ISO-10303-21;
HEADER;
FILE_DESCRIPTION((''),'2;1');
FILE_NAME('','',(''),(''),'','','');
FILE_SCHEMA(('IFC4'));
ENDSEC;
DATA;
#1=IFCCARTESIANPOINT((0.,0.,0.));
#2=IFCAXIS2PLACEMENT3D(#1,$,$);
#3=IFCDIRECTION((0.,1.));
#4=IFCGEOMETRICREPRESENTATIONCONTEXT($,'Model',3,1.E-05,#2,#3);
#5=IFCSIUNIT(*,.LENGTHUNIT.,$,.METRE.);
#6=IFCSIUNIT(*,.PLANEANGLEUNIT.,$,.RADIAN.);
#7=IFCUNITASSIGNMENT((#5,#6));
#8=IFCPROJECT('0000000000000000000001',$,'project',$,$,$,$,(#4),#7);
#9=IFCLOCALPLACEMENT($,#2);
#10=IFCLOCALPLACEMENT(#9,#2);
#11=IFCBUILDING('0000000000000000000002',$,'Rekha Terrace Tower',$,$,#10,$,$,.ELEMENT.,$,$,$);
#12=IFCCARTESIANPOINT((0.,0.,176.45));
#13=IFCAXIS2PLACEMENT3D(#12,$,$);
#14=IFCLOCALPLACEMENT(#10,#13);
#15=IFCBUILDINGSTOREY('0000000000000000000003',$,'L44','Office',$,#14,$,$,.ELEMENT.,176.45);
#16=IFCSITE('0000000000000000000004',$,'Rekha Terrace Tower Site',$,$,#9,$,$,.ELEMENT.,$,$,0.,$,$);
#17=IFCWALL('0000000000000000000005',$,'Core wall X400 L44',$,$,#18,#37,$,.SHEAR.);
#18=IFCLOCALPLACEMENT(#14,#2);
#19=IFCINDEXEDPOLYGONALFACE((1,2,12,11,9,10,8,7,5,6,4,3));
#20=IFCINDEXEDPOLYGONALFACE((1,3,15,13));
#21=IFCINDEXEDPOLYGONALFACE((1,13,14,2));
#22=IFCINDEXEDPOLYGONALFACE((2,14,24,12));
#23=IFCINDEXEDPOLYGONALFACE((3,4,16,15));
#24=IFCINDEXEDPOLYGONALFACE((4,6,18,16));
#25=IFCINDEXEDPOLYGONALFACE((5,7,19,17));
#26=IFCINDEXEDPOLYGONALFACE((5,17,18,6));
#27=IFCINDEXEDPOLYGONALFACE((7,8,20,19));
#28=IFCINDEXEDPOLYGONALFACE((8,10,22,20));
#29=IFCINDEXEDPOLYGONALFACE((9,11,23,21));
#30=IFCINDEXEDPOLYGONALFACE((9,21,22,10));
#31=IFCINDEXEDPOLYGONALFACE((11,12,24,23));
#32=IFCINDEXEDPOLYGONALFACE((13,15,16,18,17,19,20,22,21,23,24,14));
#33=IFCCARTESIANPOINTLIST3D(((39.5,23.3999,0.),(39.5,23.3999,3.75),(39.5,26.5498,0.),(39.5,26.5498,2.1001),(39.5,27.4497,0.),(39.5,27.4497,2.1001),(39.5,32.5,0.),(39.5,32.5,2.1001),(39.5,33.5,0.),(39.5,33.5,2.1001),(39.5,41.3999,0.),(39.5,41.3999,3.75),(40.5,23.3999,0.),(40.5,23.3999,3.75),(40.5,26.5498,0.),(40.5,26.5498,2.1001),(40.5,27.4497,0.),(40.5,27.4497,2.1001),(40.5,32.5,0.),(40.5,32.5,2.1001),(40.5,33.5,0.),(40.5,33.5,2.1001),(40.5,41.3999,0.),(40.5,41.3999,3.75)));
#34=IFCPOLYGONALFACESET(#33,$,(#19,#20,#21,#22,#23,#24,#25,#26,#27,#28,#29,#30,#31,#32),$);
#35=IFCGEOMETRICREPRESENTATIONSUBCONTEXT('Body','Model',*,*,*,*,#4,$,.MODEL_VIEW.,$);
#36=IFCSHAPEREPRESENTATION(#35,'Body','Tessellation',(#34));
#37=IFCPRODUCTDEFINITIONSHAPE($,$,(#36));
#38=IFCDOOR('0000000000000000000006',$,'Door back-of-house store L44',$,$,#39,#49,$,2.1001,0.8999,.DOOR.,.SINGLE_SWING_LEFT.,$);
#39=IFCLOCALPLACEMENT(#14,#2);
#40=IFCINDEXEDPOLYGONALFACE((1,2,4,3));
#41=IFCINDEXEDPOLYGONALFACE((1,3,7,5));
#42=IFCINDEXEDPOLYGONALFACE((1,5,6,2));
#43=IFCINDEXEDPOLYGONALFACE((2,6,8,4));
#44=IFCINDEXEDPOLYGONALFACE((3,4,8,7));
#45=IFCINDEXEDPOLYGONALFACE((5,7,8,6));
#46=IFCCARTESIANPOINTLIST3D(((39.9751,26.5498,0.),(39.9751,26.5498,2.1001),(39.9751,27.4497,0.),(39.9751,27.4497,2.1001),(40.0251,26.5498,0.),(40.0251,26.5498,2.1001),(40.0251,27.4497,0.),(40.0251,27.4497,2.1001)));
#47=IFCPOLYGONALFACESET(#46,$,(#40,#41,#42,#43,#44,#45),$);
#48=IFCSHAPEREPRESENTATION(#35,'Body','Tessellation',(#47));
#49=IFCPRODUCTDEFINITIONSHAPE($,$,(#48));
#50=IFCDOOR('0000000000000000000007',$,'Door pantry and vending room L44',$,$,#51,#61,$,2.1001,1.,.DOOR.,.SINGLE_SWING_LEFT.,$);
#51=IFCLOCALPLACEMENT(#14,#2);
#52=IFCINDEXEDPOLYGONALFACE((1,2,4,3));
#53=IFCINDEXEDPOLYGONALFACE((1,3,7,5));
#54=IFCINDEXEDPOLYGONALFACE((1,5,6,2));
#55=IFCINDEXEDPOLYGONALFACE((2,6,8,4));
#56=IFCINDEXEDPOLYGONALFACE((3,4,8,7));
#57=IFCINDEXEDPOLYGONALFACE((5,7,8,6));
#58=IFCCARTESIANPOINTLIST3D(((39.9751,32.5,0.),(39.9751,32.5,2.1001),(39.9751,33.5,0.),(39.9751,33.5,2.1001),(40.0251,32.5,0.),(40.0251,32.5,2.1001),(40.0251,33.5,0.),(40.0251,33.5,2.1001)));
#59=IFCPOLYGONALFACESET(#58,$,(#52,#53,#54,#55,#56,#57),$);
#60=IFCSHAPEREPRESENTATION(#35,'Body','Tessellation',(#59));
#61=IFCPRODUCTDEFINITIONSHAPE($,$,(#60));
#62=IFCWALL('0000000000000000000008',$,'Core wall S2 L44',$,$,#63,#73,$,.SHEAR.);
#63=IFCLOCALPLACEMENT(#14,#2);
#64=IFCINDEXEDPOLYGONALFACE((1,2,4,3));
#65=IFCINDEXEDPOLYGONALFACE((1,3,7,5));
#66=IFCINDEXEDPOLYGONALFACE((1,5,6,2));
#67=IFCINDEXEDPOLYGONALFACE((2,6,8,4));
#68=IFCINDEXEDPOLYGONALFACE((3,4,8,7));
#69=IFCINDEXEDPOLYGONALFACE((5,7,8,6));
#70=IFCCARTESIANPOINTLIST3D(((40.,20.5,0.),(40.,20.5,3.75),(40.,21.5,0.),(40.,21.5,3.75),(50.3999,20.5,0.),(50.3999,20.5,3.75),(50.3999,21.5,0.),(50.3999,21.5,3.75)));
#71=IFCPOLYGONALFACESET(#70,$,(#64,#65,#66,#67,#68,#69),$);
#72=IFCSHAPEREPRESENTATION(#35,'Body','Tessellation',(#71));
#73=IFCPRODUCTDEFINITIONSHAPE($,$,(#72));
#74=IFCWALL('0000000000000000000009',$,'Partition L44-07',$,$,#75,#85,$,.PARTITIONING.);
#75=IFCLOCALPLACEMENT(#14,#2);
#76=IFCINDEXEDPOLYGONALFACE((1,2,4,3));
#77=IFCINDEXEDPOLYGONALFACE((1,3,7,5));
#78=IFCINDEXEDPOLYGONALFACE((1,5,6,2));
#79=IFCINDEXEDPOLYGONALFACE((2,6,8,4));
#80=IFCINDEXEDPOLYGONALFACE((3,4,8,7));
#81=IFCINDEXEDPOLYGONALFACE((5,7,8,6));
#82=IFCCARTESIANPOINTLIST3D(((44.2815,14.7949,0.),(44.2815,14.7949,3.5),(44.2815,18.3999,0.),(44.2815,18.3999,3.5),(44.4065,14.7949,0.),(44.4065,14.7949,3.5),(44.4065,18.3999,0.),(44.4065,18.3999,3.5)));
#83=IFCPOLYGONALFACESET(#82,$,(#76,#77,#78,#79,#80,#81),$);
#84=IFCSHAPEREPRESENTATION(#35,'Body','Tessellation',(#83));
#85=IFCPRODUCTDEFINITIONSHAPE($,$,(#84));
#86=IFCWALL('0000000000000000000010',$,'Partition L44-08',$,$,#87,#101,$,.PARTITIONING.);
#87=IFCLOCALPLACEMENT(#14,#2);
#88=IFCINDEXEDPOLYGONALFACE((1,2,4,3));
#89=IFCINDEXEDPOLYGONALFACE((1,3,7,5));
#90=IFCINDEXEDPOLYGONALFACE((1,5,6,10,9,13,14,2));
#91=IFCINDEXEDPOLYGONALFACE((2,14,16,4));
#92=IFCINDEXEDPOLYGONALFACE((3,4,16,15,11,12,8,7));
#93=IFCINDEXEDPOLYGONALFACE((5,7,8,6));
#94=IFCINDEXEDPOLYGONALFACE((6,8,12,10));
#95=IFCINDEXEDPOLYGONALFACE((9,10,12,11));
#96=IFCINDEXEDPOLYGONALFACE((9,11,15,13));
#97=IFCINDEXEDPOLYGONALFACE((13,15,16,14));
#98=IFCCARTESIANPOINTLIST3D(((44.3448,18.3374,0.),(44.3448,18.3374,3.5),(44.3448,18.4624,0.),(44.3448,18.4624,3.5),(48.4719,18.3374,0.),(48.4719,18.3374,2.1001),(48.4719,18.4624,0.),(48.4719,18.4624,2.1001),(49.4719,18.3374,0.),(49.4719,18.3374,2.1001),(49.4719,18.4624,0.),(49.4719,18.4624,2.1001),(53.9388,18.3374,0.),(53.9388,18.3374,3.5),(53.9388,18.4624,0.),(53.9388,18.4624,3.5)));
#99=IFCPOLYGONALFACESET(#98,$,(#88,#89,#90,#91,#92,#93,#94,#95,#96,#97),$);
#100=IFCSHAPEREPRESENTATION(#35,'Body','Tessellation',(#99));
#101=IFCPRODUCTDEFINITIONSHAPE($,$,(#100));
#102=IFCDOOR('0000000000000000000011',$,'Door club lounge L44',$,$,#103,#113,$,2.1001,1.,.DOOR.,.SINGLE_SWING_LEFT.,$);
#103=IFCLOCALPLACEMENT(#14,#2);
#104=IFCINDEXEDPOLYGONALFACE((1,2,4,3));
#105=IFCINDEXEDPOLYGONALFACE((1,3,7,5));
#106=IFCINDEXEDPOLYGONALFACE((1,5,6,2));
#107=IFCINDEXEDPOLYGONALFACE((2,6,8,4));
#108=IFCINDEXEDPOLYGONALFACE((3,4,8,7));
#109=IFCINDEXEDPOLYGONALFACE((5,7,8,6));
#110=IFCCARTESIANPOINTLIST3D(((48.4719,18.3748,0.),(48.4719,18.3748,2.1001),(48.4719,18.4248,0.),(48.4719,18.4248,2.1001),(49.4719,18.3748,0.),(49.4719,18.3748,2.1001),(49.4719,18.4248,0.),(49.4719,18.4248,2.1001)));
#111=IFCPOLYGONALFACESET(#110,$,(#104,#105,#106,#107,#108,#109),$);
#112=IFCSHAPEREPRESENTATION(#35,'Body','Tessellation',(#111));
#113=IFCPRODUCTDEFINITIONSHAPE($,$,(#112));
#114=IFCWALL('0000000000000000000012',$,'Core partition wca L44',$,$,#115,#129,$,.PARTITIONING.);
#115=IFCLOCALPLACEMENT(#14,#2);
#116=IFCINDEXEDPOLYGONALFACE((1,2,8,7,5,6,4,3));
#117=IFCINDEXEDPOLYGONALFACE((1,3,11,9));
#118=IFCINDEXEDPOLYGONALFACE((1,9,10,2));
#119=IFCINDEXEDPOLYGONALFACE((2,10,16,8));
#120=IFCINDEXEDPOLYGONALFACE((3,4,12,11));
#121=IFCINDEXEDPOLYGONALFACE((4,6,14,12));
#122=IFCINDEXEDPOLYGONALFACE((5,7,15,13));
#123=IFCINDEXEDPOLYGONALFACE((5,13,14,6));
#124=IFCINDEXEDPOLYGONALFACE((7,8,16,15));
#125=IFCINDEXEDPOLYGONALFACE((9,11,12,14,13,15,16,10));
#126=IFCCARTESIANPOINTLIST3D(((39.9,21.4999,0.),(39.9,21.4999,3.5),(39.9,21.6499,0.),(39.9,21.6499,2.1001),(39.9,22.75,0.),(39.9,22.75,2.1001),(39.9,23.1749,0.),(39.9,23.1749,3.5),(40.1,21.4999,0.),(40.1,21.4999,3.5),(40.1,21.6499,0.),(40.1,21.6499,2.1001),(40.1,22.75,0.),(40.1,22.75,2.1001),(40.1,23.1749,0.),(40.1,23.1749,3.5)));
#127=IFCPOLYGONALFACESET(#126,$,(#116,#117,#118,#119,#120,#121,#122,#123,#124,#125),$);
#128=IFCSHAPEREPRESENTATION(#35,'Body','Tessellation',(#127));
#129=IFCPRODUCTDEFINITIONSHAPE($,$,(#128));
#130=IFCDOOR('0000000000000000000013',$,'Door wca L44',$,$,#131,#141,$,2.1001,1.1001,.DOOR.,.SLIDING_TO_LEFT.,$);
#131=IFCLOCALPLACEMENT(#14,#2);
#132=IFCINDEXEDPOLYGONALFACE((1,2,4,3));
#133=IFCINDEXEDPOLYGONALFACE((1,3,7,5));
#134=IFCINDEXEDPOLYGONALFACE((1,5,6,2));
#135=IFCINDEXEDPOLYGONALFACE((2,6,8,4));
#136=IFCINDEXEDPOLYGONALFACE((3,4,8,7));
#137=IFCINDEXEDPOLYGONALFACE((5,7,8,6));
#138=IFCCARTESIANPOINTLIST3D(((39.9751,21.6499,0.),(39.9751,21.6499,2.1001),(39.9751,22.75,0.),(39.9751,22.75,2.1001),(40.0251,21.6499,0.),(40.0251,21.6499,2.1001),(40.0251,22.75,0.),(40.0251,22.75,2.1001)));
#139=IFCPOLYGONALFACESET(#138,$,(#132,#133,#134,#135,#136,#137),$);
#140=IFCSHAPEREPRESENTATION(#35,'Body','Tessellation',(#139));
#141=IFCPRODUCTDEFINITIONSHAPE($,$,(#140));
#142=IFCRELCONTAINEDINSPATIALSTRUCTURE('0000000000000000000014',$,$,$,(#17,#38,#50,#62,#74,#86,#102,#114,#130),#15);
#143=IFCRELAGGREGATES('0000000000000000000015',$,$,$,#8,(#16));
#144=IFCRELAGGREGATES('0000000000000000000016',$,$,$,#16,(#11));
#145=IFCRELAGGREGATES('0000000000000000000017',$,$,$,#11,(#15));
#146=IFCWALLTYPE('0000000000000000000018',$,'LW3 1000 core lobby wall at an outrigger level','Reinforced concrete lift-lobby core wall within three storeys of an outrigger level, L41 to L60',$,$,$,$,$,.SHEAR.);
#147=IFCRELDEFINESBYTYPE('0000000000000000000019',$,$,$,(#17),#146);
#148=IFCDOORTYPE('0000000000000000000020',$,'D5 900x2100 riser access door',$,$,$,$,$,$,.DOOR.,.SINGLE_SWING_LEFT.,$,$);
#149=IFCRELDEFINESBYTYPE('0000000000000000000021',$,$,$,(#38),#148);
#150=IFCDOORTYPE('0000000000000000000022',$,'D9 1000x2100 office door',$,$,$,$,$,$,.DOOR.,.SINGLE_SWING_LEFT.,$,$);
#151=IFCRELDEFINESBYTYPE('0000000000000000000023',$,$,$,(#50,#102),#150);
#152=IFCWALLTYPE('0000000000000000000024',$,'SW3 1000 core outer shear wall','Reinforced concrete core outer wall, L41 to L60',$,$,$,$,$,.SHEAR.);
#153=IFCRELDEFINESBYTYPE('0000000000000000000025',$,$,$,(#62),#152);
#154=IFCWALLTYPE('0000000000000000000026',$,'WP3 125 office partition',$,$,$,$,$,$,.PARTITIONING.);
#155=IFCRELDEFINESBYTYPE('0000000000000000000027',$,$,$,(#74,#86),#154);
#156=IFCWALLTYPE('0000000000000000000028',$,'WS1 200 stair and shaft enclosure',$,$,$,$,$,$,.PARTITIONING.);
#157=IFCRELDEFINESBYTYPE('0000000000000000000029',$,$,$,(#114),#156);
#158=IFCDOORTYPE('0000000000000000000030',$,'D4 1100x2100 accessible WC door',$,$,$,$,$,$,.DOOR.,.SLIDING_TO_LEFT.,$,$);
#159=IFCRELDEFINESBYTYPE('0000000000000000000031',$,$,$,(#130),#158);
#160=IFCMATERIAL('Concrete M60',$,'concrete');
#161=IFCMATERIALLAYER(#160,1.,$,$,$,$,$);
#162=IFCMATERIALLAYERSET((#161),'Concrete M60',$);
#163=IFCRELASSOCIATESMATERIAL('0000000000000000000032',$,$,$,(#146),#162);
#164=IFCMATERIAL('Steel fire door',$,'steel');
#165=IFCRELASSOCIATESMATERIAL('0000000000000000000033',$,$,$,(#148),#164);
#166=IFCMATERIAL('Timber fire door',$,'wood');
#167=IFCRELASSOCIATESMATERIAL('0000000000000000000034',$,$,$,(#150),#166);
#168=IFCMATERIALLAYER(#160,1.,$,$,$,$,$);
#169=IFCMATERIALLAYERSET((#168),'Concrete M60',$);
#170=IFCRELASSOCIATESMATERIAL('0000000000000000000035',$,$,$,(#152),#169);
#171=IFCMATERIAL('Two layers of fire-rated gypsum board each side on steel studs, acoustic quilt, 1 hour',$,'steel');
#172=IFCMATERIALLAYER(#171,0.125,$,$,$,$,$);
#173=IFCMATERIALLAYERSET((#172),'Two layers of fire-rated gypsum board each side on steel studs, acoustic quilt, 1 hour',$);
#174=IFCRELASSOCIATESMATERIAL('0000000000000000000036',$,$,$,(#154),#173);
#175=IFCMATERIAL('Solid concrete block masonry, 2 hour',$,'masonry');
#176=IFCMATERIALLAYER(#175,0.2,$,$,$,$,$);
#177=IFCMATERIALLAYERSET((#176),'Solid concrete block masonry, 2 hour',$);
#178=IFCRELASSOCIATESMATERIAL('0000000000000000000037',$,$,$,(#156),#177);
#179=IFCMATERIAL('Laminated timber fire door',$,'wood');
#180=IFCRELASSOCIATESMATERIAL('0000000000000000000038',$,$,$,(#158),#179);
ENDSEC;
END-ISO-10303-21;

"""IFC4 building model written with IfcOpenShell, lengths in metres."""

from ifc_helpers import new_model, si_unit, direction, frame, frame_2d, origin, place, context, subcontext, project, spatial, rectangle, extrude, material, layer, layer_set, type_object, element, fill, save


model = new_model("IFC4")

# Units and contexts
model_context = context("Model", 3, precision=1e-05, world=origin(), true_north=direction((0.0, 1.0)))
body_context = subcontext(model_context, "Body", "Model", "MODEL_VIEW")
ifc_project = project(units=[si_unit("LENGTHUNIT", "METRE"), si_unit("PLANEANGLEUNIT", "RADIAN")], contexts=[model_context])

# Site, building, storey
site_placement = place(None, origin())
site = spatial("IfcSite", under=ifc_project, at=site_placement, Name="Rekha Terrace Tower Site", CompositionType="ELEMENT", RefElevation=0.0)
building_placement = place(site_placement, origin())
building = spatial("IfcBuilding", under=site, at=building_placement, Name="Rekha Terrace Tower", CompositionType="ELEMENT")
storey_placement = place(building_placement, frame((0.0, 0.0, 176.45)))
storey = spatial("IfcBuildingStorey", under=building, at=storey_placement, Name="L44", Description="Office", CompositionType="ELEMENT", Elevation=176.45)

# Shared definitions
ifc_material_1 = material(Name="Concrete M60", Category="concrete")

# Wall, openings, doors
ifc_layer_1 = layer(ifc_material_1, 1.0)
ifc_layer_set_1 = layer_set([ifc_layer_1], Name="Concrete M60")
wall_type_1 = type_object("IfcWallType", Name="LW3 1000 core lobby wall at an outrigger level", Description="Reinforced concrete lift-lobby core wall within three storeys of an outrigger level, L41 to L60", PredefinedType="SHEAR", material=ifc_layer_set_1)
wall_1_placement = place(storey_placement, frame((40.0, 23.3999, 0.0), z_axis=(0.0, 0.0, 1.0), x_axis=(0.0, 1.0, 0.0)))
wall_1 = element("IfcWall", 1, at=wall_1_placement, inside=storey, type_object=wall_type_1, Name="Core wall X400 L44", PredefinedType="SHEAR", context=body_context, shape_type="SweptSolid", body=[
    extrude(rectangle(XDim=18.0, YDim=1.0, at=frame_2d((9.0, 0.0))), origin(), (0.0, 0.0, 1.0), 3.75),
])
opening_1_placement = place(wall_1_placement, frame((3.1499, 0.0, 0.0)))
opening_1 = element("IfcOpeningElement", 2, at=opening_1_placement, cuts=wall_1, PredefinedType="OPENING", context=body_context, shape_type="SweptSolid", body=[
    extrude(rectangle(XDim=0.8999, YDim=2.1001, at=frame_2d((0.45, 1.05))), frame((0.0, 0.51, 0.0), z_axis=(0.0, -1.0, 0.0), x_axis=(1.0, 0.0, 0.0)), (0.0, 0.0, 1.0), 1.02),
])
opening_2_placement = place(wall_1_placement, frame((9.1001, 0.0, 0.0)))
opening_2 = element("IfcOpeningElement", 3, at=opening_2_placement, cuts=wall_1, PredefinedType="OPENING", context=body_context, shape_type="SweptSolid", body=[
    extrude(rectangle(XDim=1.0, YDim=2.1001, at=frame_2d((0.5, 1.05))), frame((0.0, 0.51, 0.0), z_axis=(0.0, -1.0, 0.0), x_axis=(1.0, 0.0, 0.0)), (0.0, 0.0, 1.0), 1.02),
])
ifc_material_2 = material(Name="Steel fire door", Category="steel")
door_type_1 = type_object("IfcDoorType", Name="D5 900x2100 riser access door", OperationType="SINGLE_SWING_LEFT", PredefinedType="DOOR", material=ifc_material_2)
door_1_placement = place(opening_1_placement, origin())
door_1 = element("IfcDoor", 4, at=door_1_placement, inside=storey, type_object=door_type_1, Name="Door back-of-house store L44", OperationType="SINGLE_SWING_LEFT", OverallHeight=2.1001, OverallWidth=0.8999, PredefinedType="DOOR", context=body_context, shape_type="SweptSolid", body=[
    extrude(rectangle(XDim=0.8999, YDim=2.1001, at=frame_2d((0.45, 1.05))), frame((0.0, 0.0249, 0.0), z_axis=(0.0, -1.0, 0.0), x_axis=(1.0, 0.0, 0.0)), (0.0, 0.0, 1.0), 0.05),
])
fill(opening_1, door_1)
ifc_material_3 = material(Name="Timber fire door", Category="wood")
door_type_2 = type_object("IfcDoorType", Name="D9 1000x2100 office door", OperationType="SINGLE_SWING_LEFT", PredefinedType="DOOR", material=ifc_material_3)
door_2_placement = place(opening_2_placement, origin())
door_2 = element("IfcDoor", 5, at=door_2_placement, inside=storey, type_object=door_type_2, Name="Door pantry and vending room L44", OperationType="SINGLE_SWING_LEFT", OverallHeight=2.1001, OverallWidth=1.0, PredefinedType="DOOR", context=body_context, shape_type="SweptSolid", body=[
    extrude(rectangle(XDim=1.0, YDim=2.1001, at=frame_2d((0.5, 1.05))), frame((0.0, 0.0249, 0.0), z_axis=(0.0, -1.0, 0.0), x_axis=(1.0, 0.0, 0.0)), (0.0, 0.0, 1.0), 0.05),
])
fill(opening_2, door_2)

# Walls
ifc_layer_2 = layer(ifc_material_1, 1.0)
ifc_layer_set_2 = layer_set([ifc_layer_2], Name="Concrete M60")
wall_type_2 = type_object("IfcWallType", Name="SW3 1000 core outer shear wall", Description="Reinforced concrete core outer wall, L41 to L60", PredefinedType="SHEAR", material=ifc_layer_set_2)
wall_2_placement = place(storey_placement, frame((40.0, 21.0, 0.0), z_axis=(0.0, 0.0, 1.0), x_axis=(1.0, 0.0, 0.0)))
element("IfcWall", 6, at=wall_2_placement, inside=storey, type_object=wall_type_2, Name="Core wall S2 L44", PredefinedType="SHEAR", context=body_context, shape_type="SweptSolid", body=[
    extrude(rectangle(XDim=10.3999, YDim=1.0, at=frame_2d((5.2, 0.0))), origin(), (0.0, 0.0, 1.0), 3.75),
])
ifc_material_4 = material(Name="Two layers of fire-rated gypsum board each side on steel studs, acoustic quilt, 1 hour", Category="steel")
ifc_layer_3 = layer(ifc_material_4, 0.125)
ifc_layer_set_3 = layer_set([ifc_layer_3], Name="Two layers of fire-rated gypsum board each side on steel studs, acoustic quilt, 1 hour")
wall_type_3 = type_object("IfcWallType", Name="WP3 125 office partition", PredefinedType="PARTITIONING", material=ifc_layer_set_3)
wall_3_placement = place(storey_placement, frame((44.344, 18.3999, 0.0), z_axis=(0.0, 0.0, 1.0), x_axis=(0.0, -1.0, 0.0)))
element("IfcWall", 7, at=wall_3_placement, inside=storey, type_object=wall_type_3, Name="Partition L44-07", PredefinedType="PARTITIONING", context=body_context, shape_type="SweptSolid", body=[
    extrude(rectangle(XDim=3.605, YDim=0.125, at=frame_2d((1.8025, 0.0))), origin(), (0.0, 0.0, 1.0), 3.5),
])

# Walls, openings, doors
wall_4_placement = place(storey_placement, frame((44.345, 18.3999, 0.0), z_axis=(0.0, 0.0, 1.0), x_axis=(1.0, 0.0, 0.0)))
wall_4 = element("IfcWall", 8, at=wall_4_placement, inside=storey, type_object=wall_type_3, Name="Partition L44-08", PredefinedType="PARTITIONING", context=body_context, shape_type="SweptSolid", body=[
    extrude(rectangle(XDim=9.594, YDim=0.125, at=frame_2d((4.7969, 0.0))), origin(), (0.0, 0.0, 1.0), 3.5),
])
opening_3_placement = place(wall_4_placement, frame((4.127, 0.0, 0.0)))
opening_3 = element("IfcOpeningElement", 9, at=opening_3_placement, cuts=wall_4, PredefinedType="OPENING", context=body_context, shape_type="SweptSolid", body=[
    extrude(rectangle(XDim=1.0, YDim=2.1001, at=frame_2d((0.5, 1.05))), frame((0.0, 0.0725, 0.0), z_axis=(0.0, -1.0, 0.0), x_axis=(1.0, 0.0, 0.0)), (0.0, 0.0, 1.0), 0.145),
])
door_3_placement = place(opening_3_placement, origin())
door_3 = element("IfcDoor", 10, at=door_3_placement, inside=storey, type_object=door_type_2, Name="Door club lounge L44", OperationType="SINGLE_SWING_LEFT", OverallHeight=2.1001, OverallWidth=1.0, PredefinedType="DOOR", context=body_context, shape_type="SweptSolid", body=[
    extrude(rectangle(XDim=1.0, YDim=2.1001, at=frame_2d((0.5, 1.05))), frame((0.0, 0.0249, 0.0), z_axis=(0.0, -1.0, 0.0), x_axis=(1.0, 0.0, 0.0)), (0.0, 0.0, 1.0), 0.05),
])
fill(opening_3, door_3)
ifc_material_5 = material(Name="Solid concrete block masonry, 2 hour", Category="masonry")
ifc_layer_4 = layer(ifc_material_5, 0.2)
ifc_layer_set_4 = layer_set([ifc_layer_4], Name="Solid concrete block masonry, 2 hour")
wall_type_4 = type_object("IfcWallType", Name="WS1 200 stair and shaft enclosure", PredefinedType="PARTITIONING", material=ifc_layer_set_4)
wall_5_placement = place(storey_placement, frame((40.0, 21.5, 0.0), z_axis=(0.0, 0.0, 1.0), x_axis=(0.0, 1.0, 0.0)))
wall_5 = element("IfcWall", 11, at=wall_5_placement, inside=storey, type_object=wall_type_4, Name="Core partition wca L44", PredefinedType="PARTITIONING", context=body_context, shape_type="SweptSolid", body=[
    extrude(rectangle(XDim=1.675, YDim=0.2, at=frame_2d((0.8374, 0.0))), origin(), (0.0, 0.0, 1.0), 3.5),
])
opening_4_placement = place(wall_5_placement, frame((0.1499, 0.0, 0.0)))
opening_4 = element("IfcOpeningElement", 12, at=opening_4_placement, cuts=wall_5, PredefinedType="OPENING", context=body_context, shape_type="SweptSolid", body=[
    extrude(rectangle(XDim=1.1001, YDim=2.1001, at=frame_2d((0.55, 1.05))), frame((0.0, 0.1099, 0.0), z_axis=(0.0, -1.0, 0.0), x_axis=(1.0, 0.0, 0.0)), (0.0, 0.0, 1.0), 0.22),
])
ifc_material_6 = material(Name="Laminated timber fire door", Category="wood")
door_type_3 = type_object("IfcDoorType", Name="D4 1100x2100 accessible WC door", OperationType="SLIDING_TO_LEFT", PredefinedType="DOOR", material=ifc_material_6)
door_4_placement = place(opening_4_placement, origin())
door_4 = element("IfcDoor", 13, at=door_4_placement, inside=storey, type_object=door_type_3, Name="Door wca L44", OperationType="SLIDING_TO_LEFT", OverallHeight=2.1001, OverallWidth=1.1001, PredefinedType="DOOR", context=body_context, shape_type="SweptSolid", body=[
    extrude(rectangle(XDim=1.1001, YDim=2.1001, at=frame_2d((0.55, 1.05))), frame((0.0, 0.0249, 0.0), z_axis=(0.0, -1.0, 0.0), x_axis=(1.0, 0.0, 0.0)), (0.0, 0.0, 1.0), 0.05),
])
fill(opening_4, door_4)

save(model, "model.ifc")
